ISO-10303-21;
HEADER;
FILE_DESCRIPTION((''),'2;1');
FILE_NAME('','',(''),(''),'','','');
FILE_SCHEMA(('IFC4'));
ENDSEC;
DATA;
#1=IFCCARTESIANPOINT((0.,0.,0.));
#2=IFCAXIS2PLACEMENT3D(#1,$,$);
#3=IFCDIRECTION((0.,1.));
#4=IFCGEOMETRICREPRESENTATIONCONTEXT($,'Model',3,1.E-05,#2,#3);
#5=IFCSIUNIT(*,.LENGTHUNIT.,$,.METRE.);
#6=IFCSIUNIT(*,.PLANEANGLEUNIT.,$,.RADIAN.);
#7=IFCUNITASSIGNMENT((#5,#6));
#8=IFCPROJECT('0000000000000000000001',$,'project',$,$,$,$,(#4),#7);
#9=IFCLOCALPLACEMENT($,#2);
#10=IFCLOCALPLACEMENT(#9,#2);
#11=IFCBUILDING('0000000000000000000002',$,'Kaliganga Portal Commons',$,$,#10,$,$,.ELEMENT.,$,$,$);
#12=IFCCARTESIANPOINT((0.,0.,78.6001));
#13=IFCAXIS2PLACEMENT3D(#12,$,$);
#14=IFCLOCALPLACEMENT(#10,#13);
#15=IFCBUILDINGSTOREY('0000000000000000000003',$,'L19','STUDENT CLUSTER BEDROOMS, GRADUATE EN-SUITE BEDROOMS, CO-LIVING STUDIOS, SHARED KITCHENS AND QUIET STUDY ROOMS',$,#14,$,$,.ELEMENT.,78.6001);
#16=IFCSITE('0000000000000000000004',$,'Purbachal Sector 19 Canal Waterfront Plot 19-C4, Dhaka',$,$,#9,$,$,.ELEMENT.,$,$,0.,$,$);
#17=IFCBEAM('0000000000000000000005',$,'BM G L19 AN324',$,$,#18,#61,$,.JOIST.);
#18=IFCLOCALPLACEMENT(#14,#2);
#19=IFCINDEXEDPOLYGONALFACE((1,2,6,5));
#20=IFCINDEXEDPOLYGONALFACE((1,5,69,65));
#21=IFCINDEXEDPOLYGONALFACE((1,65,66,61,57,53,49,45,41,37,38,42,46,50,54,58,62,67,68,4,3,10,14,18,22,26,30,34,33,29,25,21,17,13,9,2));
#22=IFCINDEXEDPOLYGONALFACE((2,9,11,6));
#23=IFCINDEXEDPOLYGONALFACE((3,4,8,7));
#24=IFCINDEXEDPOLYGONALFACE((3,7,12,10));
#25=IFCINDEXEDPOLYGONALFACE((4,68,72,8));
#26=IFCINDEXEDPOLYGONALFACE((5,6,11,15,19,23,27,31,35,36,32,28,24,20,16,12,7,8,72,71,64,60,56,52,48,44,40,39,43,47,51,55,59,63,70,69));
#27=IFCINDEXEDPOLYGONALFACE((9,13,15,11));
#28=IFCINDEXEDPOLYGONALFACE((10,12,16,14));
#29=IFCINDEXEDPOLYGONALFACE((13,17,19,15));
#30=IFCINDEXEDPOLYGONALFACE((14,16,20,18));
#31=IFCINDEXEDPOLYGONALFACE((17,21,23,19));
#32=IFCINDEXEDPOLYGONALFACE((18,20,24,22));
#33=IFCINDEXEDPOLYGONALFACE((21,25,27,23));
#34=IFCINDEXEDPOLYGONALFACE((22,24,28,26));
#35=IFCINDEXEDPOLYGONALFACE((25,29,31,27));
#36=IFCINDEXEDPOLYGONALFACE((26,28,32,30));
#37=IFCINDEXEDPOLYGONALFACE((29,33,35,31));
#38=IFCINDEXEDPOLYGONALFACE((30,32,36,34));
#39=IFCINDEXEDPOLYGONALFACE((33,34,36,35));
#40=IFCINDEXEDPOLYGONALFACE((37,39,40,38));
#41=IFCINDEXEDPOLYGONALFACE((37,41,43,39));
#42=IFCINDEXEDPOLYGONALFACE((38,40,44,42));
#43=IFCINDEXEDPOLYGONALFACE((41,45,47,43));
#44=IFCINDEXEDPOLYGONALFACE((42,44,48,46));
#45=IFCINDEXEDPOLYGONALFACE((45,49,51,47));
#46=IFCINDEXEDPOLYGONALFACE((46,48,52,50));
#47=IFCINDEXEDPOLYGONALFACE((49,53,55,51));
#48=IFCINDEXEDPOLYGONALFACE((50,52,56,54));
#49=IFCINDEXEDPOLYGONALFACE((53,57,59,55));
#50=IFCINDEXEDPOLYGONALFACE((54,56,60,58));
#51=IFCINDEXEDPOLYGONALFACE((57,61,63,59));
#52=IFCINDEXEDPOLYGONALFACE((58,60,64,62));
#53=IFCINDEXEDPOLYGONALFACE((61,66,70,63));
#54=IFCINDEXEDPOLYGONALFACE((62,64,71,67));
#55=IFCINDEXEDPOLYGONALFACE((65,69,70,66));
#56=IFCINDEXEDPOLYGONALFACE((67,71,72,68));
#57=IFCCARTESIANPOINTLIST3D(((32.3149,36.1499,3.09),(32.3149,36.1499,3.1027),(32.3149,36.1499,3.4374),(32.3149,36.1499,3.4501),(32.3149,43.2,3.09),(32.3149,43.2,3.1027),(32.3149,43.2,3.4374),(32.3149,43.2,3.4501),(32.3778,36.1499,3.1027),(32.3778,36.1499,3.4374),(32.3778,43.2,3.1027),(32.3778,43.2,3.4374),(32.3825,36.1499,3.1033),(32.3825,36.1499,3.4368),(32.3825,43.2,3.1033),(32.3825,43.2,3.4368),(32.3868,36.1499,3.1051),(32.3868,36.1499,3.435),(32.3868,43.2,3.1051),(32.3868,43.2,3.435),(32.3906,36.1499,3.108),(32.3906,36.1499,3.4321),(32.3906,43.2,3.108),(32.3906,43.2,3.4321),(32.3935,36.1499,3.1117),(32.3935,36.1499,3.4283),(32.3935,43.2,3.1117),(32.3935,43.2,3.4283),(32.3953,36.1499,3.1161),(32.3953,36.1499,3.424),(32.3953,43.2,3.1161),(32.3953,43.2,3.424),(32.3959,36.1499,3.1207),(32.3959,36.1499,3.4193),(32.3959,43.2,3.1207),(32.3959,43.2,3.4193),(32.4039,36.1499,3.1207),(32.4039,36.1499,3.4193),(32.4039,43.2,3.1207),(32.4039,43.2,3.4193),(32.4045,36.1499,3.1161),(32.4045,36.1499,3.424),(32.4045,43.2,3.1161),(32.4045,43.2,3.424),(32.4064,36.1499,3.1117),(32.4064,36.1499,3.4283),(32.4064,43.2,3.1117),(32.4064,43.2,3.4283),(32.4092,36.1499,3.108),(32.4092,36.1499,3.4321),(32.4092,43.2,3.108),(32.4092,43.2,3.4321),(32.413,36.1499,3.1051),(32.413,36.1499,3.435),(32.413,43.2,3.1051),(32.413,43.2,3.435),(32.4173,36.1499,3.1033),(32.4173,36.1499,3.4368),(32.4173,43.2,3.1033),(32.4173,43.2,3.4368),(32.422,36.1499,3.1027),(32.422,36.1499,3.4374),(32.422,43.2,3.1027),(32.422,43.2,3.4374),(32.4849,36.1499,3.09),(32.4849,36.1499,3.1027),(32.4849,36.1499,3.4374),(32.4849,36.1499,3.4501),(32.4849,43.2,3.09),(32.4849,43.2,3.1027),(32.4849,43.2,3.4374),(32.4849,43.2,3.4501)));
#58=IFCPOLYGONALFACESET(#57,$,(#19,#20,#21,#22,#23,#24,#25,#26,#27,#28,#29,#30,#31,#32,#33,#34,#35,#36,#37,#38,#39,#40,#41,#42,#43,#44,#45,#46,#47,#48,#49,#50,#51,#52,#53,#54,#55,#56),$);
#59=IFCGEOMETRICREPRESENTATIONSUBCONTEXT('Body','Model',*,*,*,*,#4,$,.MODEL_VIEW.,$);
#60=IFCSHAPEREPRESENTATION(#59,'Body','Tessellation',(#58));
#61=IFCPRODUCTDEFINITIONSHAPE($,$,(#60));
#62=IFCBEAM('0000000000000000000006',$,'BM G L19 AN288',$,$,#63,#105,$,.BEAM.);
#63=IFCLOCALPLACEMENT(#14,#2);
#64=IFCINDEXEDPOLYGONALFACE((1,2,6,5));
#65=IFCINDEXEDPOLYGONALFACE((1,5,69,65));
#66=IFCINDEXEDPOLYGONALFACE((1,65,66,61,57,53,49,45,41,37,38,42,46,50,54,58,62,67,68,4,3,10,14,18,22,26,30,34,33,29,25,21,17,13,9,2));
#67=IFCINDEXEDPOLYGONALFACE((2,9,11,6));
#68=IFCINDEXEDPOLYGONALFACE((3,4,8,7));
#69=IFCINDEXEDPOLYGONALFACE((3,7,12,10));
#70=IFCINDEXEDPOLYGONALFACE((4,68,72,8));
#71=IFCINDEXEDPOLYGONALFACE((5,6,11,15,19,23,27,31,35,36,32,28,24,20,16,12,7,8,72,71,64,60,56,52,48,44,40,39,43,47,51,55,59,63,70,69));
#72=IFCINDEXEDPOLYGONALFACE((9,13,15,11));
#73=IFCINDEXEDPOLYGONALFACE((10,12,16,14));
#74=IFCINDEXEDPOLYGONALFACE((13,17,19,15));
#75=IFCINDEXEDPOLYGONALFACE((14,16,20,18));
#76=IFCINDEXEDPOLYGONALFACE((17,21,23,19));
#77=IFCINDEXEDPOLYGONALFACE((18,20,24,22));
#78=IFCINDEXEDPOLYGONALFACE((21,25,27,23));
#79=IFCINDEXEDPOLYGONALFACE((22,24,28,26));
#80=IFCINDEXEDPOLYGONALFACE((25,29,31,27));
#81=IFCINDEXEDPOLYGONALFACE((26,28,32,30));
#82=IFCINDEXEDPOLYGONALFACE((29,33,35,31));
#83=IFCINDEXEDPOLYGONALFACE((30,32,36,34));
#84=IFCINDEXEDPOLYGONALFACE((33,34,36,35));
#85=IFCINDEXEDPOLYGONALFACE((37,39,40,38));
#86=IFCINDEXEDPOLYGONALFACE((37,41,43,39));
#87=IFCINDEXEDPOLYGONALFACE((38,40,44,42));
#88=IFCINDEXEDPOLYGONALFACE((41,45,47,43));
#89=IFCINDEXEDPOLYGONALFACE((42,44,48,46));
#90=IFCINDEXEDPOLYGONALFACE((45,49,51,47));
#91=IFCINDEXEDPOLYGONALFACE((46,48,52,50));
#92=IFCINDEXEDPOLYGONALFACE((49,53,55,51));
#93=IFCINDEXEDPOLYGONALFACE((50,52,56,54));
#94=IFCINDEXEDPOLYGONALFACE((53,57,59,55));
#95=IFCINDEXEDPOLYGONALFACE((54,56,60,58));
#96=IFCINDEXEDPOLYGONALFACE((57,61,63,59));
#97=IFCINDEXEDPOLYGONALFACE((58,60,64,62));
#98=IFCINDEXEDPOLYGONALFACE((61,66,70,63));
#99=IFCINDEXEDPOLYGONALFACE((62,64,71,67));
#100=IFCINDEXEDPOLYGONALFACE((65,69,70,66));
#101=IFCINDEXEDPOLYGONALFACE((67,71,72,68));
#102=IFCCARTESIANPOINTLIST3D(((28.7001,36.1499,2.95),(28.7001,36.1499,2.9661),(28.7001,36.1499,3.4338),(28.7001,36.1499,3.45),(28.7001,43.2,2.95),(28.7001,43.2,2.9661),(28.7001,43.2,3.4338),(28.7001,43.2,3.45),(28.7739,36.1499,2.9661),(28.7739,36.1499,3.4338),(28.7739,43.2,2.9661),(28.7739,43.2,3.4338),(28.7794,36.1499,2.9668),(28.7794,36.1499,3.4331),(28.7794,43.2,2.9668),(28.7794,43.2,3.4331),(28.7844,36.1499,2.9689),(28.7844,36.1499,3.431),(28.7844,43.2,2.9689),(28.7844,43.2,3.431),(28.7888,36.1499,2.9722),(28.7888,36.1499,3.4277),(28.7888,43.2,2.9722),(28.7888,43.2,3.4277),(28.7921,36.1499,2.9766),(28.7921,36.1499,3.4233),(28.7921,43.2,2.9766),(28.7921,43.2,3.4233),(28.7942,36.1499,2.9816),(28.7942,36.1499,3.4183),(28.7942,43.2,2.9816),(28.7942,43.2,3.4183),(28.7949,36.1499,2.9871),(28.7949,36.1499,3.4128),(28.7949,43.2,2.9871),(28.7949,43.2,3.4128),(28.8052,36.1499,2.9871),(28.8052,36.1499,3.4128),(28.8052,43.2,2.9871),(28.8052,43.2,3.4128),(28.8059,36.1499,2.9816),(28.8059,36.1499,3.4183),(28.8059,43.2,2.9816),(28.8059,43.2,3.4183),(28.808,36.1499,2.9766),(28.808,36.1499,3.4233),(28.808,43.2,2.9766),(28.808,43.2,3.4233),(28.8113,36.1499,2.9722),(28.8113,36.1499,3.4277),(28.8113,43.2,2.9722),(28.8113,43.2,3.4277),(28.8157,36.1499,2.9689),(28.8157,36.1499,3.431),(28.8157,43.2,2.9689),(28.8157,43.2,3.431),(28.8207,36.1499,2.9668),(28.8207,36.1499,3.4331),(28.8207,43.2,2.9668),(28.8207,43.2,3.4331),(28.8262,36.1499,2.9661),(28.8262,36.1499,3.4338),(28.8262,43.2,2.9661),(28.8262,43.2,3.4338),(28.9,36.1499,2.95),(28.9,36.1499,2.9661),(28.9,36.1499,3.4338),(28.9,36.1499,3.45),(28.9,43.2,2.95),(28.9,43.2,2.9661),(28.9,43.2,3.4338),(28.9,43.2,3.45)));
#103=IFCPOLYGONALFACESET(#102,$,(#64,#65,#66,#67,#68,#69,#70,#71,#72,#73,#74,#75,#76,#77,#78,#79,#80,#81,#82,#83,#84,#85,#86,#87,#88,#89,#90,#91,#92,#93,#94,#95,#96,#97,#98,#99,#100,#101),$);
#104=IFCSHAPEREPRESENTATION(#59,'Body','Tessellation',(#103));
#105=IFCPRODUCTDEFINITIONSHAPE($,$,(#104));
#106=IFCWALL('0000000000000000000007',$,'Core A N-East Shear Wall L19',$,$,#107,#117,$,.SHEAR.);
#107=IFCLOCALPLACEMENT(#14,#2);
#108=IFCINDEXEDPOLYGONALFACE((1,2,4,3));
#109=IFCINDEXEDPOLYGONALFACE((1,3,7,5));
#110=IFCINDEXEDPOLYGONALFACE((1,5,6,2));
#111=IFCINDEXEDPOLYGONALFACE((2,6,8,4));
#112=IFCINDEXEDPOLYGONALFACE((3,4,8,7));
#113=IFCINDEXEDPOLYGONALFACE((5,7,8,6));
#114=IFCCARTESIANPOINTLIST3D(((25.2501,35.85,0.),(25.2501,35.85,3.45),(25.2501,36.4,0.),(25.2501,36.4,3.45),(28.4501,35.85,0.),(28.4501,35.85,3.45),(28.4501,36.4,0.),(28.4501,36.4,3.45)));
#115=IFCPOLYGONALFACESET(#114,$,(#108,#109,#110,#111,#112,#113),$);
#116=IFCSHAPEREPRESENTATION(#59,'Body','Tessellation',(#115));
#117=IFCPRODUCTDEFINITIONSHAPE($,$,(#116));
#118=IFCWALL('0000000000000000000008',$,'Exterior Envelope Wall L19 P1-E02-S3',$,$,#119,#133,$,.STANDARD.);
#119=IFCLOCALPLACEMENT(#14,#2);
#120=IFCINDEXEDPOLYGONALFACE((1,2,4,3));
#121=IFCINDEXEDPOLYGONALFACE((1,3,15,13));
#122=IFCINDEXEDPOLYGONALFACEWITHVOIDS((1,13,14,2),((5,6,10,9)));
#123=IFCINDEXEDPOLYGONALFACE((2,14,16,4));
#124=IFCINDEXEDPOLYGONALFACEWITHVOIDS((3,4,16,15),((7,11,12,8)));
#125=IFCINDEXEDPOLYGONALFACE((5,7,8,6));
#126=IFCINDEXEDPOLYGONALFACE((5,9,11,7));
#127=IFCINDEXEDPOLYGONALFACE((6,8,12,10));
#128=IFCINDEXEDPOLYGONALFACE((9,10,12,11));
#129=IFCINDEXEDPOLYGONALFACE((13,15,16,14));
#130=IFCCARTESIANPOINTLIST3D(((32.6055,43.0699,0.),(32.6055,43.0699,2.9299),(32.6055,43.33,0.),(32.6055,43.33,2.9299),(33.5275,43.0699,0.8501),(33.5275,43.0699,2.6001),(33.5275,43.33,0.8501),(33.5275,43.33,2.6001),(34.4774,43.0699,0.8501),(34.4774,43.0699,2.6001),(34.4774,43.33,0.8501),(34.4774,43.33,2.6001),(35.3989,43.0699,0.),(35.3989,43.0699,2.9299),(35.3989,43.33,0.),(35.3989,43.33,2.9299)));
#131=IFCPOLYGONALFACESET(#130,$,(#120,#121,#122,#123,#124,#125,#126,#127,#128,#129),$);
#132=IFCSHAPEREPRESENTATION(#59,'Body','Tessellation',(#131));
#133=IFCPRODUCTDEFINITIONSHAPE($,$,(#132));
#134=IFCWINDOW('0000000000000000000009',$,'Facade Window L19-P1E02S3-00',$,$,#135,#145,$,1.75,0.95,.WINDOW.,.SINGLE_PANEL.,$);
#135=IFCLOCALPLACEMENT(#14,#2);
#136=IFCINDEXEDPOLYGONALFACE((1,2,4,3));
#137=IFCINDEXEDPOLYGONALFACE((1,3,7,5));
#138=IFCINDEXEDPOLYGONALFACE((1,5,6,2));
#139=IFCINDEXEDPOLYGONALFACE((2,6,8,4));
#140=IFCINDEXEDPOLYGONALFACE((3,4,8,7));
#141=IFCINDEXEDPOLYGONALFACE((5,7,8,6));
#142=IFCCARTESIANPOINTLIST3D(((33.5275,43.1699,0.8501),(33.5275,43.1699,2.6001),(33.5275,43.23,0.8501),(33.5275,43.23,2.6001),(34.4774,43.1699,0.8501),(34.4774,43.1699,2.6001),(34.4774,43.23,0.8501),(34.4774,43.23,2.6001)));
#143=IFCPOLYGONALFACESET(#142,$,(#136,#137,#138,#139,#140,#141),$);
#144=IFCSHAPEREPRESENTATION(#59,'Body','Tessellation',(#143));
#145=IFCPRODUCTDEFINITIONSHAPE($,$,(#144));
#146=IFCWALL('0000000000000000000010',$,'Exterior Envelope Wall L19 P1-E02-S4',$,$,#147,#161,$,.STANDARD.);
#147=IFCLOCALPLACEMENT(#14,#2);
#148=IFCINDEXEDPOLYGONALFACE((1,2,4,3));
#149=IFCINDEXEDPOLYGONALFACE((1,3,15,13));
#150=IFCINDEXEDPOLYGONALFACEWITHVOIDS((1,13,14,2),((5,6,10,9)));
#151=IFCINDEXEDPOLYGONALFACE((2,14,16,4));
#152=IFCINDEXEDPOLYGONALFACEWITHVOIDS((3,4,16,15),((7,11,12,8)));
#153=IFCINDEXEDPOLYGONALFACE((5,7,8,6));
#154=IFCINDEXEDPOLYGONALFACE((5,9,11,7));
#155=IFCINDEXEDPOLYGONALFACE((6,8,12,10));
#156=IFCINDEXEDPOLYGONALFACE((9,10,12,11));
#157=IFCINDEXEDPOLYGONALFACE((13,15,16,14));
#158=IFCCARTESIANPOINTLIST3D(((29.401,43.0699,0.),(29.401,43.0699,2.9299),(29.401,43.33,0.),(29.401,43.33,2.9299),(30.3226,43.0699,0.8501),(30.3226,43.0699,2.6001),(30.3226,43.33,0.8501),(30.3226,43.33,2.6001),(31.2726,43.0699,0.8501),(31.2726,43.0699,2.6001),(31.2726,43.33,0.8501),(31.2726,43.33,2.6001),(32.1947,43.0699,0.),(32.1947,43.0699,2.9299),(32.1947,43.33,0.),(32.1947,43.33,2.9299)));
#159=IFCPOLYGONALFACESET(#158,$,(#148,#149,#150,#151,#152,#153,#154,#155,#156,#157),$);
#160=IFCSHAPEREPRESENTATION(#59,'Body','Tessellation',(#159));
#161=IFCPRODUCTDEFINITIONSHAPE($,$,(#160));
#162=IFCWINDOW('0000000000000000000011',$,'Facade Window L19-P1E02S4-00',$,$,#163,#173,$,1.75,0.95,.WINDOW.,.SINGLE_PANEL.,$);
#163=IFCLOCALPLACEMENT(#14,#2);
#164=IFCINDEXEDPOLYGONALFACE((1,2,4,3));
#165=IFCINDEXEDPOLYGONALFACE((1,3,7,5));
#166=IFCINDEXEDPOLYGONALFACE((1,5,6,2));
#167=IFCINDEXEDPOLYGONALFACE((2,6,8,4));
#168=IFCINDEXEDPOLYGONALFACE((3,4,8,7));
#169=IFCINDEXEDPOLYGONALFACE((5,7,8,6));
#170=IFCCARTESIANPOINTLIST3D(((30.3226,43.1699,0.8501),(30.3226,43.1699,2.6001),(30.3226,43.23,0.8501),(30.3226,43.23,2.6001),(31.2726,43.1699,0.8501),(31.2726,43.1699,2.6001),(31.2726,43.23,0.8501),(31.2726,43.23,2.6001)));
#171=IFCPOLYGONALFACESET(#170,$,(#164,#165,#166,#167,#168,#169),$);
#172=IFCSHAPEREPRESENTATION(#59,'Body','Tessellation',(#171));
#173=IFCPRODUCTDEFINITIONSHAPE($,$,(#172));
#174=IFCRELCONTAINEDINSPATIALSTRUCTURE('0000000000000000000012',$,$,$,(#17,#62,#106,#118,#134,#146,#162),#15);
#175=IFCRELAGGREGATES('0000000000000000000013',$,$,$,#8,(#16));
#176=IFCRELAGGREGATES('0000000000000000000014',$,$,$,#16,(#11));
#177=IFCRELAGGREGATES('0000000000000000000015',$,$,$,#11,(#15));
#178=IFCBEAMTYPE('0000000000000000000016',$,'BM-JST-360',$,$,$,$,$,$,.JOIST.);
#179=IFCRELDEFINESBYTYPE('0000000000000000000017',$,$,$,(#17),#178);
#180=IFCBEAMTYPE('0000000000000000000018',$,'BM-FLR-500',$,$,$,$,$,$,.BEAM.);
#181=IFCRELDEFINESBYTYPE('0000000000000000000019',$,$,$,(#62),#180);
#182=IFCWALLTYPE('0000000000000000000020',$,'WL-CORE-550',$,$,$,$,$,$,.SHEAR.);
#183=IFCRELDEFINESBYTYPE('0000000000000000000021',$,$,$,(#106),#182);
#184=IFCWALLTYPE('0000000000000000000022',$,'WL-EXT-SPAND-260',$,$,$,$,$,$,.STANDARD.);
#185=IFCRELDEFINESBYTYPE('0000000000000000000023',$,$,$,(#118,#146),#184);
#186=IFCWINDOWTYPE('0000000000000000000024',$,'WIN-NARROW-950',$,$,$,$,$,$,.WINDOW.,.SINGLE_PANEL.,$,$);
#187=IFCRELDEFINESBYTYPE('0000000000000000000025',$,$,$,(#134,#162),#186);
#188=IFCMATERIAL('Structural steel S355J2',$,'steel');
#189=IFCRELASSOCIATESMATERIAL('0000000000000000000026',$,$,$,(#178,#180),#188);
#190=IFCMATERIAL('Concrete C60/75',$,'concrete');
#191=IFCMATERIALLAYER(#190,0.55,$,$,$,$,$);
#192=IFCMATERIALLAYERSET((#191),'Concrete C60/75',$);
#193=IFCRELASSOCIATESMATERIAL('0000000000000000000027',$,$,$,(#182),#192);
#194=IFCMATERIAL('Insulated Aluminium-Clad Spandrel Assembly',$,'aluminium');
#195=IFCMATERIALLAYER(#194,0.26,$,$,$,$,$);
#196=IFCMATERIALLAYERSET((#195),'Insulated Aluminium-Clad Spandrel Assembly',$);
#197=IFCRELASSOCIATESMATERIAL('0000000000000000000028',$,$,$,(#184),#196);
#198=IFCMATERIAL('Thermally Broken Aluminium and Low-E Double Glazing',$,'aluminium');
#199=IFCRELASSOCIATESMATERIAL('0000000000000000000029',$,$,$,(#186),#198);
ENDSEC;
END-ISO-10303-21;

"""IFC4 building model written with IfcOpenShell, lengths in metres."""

from ifc_helpers import new_model, si_unit, direction, frame, frame_2d, origin, origin_2d, place, context, subcontext, project, spatial, rectangle, i_section, extrude, source, transform, mapped, material, layer, layer_set, material_profile, profile_set, type_object, element, fill, save


model = new_model("IFC4")

# Units and contexts
model_context = context("Model", 3, precision=1e-05, world=origin(), true_north=direction((0.0, 1.0)))
body_context = subcontext(model_context, "Body", "Model", "MODEL_VIEW")
ifc_project = project(units=[si_unit("LENGTHUNIT", "METRE"), si_unit("PLANEANGLEUNIT", "RADIAN")], contexts=[model_context])

# Site, building, storey
site_placement = place(None, origin())
site = spatial("IfcSite", under=ifc_project, at=site_placement, Name="Purbachal Sector 19 Canal Waterfront Plot 19-C4, Dhaka", CompositionType="ELEMENT", RefElevation=0.0)
building_placement = place(site_placement, origin())
building = spatial("IfcBuilding", under=site, at=building_placement, Name="Kaliganga Portal Commons", CompositionType="ELEMENT")
storey_placement = place(building_placement, frame((0.0, 0.0, 78.6001)))
storey = spatial("IfcBuildingStorey", under=building, at=storey_placement, Name="L19", Description="STUDENT CLUSTER BEDROOMS, GRADUATE EN-SUITE BEDROOMS, CO-LIVING STUDIOS, SHARED KITCHENS AND QUIET STUDY ROOMS", CompositionType="ELEMENT", Elevation=78.6001)

# Shared definitions
ifc_material_1 = material(Name="Concrete C60/75", Category="concrete")

# Beams
ifc_material_2 = material(Name="Structural steel S355J2", Category="steel")
ifc_material_profile_1 = material_profile(ifc_material_2, i_section(OverallWidth=0.1699, OverallDepth=0.3601, WebThickness=0.0081, FlangeThickness=0.0127, FilletRadius=0.0181, at=origin_2d()), Name="IPE 360")
ifc_profile_set_1 = profile_set([ifc_material_profile_1], Name="Structural steel S355J2 wide-flange")
beam_type_1 = type_object("IfcBeamType", Name="BM-JST-360", PredefinedType="JOIST", material=ifc_profile_set_1)
shared_shape_1 = source(origin(), body_context, "Body", "SweptSolid", [
    extrude(i_section(OverallWidth=0.1699, OverallDepth=0.3601, WebThickness=0.0081, FlangeThickness=0.0127, FilletRadius=0.0181, at=origin_2d()), origin(), (0.0, 0.0, 1.0), 7.05),
])
beam_1_placement = place(storey_placement, frame((32.3999, 36.1499, 3.27), z_axis=(0.0, 1.0, 0.0), x_axis=(-1.0, 0.0, 0.0)))
element("IfcBeam", 1, at=beam_1_placement, inside=storey, type_object=beam_type_1, Name="BM G L19 AN324", PredefinedType="JOIST", context=body_context, shape_type="MappedRepresentation", body=[
    mapped(shared_shape_1, transform((0.0, 0.0, 0.0), x_axis=(1.0, 0.0, 0.0), y_axis=(0.0, 1.0, 0.0), z_axis=(0.0, 0.0, 1.0), scale=1.0)),
])
ifc_material_profile_2 = material_profile(ifc_material_2, i_section(OverallWidth=0.2, OverallDepth=0.5, WebThickness=0.0103, FlangeThickness=0.0161, FilletRadius=0.021, at=origin_2d()), Name="IPE 500")
ifc_profile_set_2 = profile_set([ifc_material_profile_2], Name="Structural steel S355J2 wide-flange")
beam_type_2 = type_object("IfcBeamType", Name="BM-FLR-500", PredefinedType="BEAM", material=ifc_profile_set_2)
shared_shape_2 = source(origin(), body_context, "Body", "SweptSolid", [
    extrude(i_section(OverallWidth=0.2, OverallDepth=0.5, WebThickness=0.0103, FlangeThickness=0.0161, FilletRadius=0.021, at=origin_2d()), origin(), (0.0, 0.0, 1.0), 7.05),
])
beam_2_placement = place(storey_placement, frame((28.8, 36.1499, 3.2), z_axis=(0.0, 1.0, 0.0), x_axis=(-1.0, 0.0, 0.0)))
element("IfcBeam", 2, at=beam_2_placement, inside=storey, type_object=beam_type_2, Name="BM G L19 AN288", PredefinedType="BEAM", context=body_context, shape_type="MappedRepresentation", body=[
    mapped(shared_shape_2, transform((0.0, 0.0, 0.0), x_axis=(1.0, 0.0, 0.0), y_axis=(0.0, 1.0, 0.0), z_axis=(0.0, 0.0, 1.0), scale=1.0)),
])

# Wall
ifc_layer_1 = layer(ifc_material_1, 0.55)
ifc_layer_set_1 = layer_set([ifc_layer_1], Name="Concrete C60/75")
wall_type_1 = type_object("IfcWallType", Name="WL-CORE-550", PredefinedType="SHEAR", material=ifc_layer_set_1)
wall_1_placement = place(storey_placement, frame((25.25, 36.125, 0.0), z_axis=(0.0, 0.0, 1.0), x_axis=(1.0, 0.0, 0.0)))
element("IfcWall", 3, at=wall_1_placement, inside=storey, type_object=wall_type_1, Name="Core A N-East Shear Wall L19", PredefinedType="SHEAR", context=body_context, shape_type="SweptSolid", body=[
    extrude(rectangle(XDim=3.2, YDim=0.55, at=frame_2d((1.6001, 0.0))), origin(), (0.0, 0.0, 1.0), 3.45),
])

# Walls, openings, windows
ifc_material_3 = material(Name="Insulated Aluminium-Clad Spandrel Assembly", Category="aluminium")
ifc_layer_2 = layer(ifc_material_3, 0.26)
ifc_layer_set_2 = layer_set([ifc_layer_2], Name="Insulated Aluminium-Clad Spandrel Assembly")
wall_type_2 = type_object("IfcWallType", Name="WL-EXT-SPAND-260", PredefinedType="STANDARD", material=ifc_layer_set_2)
wall_2_placement = place(storey_placement, frame((32.6055, 43.2, 0.0), z_axis=(0.0, 0.0, 1.0), x_axis=(1.0, 0.0, 0.0)))
wall_2 = element("IfcWall", 4, at=wall_2_placement, inside=storey, type_object=wall_type_2, Name="Exterior Envelope Wall L19 P1-E02-S3", PredefinedType="STANDARD", context=body_context, shape_type="SweptSolid", body=[
    extrude(rectangle(XDim=2.7935, YDim=0.26, at=frame_2d((1.3967, 0.0))), origin(), (0.0, 0.0, 1.0), 2.9299),
])
opening_1_placement = place(wall_2_placement, frame((0.9219, 0.0, 0.8501)))
opening_1 = element("IfcOpeningElement", 5, at=opening_1_placement, cuts=wall_2, PredefinedType="OPENING", context=body_context, shape_type="SweptSolid", body=[
    extrude(rectangle(XDim=0.95, YDim=1.75, at=frame_2d((0.4751, 0.875))), frame((0.0, 0.1401, 0.0), z_axis=(0.0, -1.0, 0.0), x_axis=(1.0, 0.0, 0.0)), (0.0, 0.0, 1.0), 0.28),
])
ifc_material_4 = material(Name="Thermally Broken Aluminium and Low-E Double Glazing", Category="aluminium")
window_type = type_object("IfcWindowType", Name="WIN-NARROW-950", PartitioningType="SINGLE_PANEL", PredefinedType="WINDOW", material=ifc_material_4)
window_1_placement = place(opening_1_placement, origin())
window_1 = element("IfcWindow", 6, at=window_1_placement, inside=storey, type_object=window_type, Name="Facade Window L19-P1E02S3-00", OverallHeight=1.75, OverallWidth=0.95, PartitioningType="SINGLE_PANEL", PredefinedType="WINDOW", context=body_context, shape_type="SweptSolid", body=[
    extrude(rectangle(XDim=0.95, YDim=1.75, at=frame_2d((0.4751, 0.875))), frame((0.0, 0.03, 0.0), z_axis=(0.0, -1.0, 0.0), x_axis=(1.0, 0.0, 0.0)), (0.0, 0.0, 1.0), 0.0601),
])
fill(opening_1, window_1)
wall_3_placement = place(storey_placement, frame((29.4009, 43.2, 0.0), z_axis=(0.0, 0.0, 1.0), x_axis=(1.0, 0.0, 0.0)))
wall_3 = element("IfcWall", 7, at=wall_3_placement, inside=storey, type_object=wall_type_2, Name="Exterior Envelope Wall L19 P1-E02-S4", PredefinedType="STANDARD", context=body_context, shape_type="SweptSolid", body=[
    extrude(rectangle(XDim=2.7937, YDim=0.26, at=frame_2d((1.397, 0.0))), origin(), (0.0, 0.0, 1.0), 2.9299),
])
opening_2_placement = place(wall_3_placement, frame((0.9216, 0.0, 0.8501)))
opening_2 = element("IfcOpeningElement", 8, at=opening_2_placement, cuts=wall_3, PredefinedType="OPENING", context=body_context, shape_type="SweptSolid", body=[
    extrude(rectangle(XDim=0.95, YDim=1.75, at=frame_2d((0.4751, 0.875))), frame((0.0, 0.1401, 0.0), z_axis=(0.0, -1.0, 0.0), x_axis=(1.0, 0.0, 0.0)), (0.0, 0.0, 1.0), 0.28),
])
window_2_placement = place(opening_2_placement, origin())
window_2 = element("IfcWindow", 9, at=window_2_placement, inside=storey, type_object=window_type, Name="Facade Window L19-P1E02S4-00", OverallHeight=1.75, OverallWidth=0.95, PartitioningType="SINGLE_PANEL", PredefinedType="WINDOW", context=body_context, shape_type="SweptSolid", body=[
    extrude(rectangle(XDim=0.95, YDim=1.75, at=frame_2d((0.4751, 0.875))), frame((0.0, 0.03, 0.0), z_axis=(0.0, -1.0, 0.0), x_axis=(1.0, 0.0, 0.0)), (0.0, 0.0, 1.0), 0.0601),
])
fill(opening_2, window_2)

save(model, "model.ifc")
